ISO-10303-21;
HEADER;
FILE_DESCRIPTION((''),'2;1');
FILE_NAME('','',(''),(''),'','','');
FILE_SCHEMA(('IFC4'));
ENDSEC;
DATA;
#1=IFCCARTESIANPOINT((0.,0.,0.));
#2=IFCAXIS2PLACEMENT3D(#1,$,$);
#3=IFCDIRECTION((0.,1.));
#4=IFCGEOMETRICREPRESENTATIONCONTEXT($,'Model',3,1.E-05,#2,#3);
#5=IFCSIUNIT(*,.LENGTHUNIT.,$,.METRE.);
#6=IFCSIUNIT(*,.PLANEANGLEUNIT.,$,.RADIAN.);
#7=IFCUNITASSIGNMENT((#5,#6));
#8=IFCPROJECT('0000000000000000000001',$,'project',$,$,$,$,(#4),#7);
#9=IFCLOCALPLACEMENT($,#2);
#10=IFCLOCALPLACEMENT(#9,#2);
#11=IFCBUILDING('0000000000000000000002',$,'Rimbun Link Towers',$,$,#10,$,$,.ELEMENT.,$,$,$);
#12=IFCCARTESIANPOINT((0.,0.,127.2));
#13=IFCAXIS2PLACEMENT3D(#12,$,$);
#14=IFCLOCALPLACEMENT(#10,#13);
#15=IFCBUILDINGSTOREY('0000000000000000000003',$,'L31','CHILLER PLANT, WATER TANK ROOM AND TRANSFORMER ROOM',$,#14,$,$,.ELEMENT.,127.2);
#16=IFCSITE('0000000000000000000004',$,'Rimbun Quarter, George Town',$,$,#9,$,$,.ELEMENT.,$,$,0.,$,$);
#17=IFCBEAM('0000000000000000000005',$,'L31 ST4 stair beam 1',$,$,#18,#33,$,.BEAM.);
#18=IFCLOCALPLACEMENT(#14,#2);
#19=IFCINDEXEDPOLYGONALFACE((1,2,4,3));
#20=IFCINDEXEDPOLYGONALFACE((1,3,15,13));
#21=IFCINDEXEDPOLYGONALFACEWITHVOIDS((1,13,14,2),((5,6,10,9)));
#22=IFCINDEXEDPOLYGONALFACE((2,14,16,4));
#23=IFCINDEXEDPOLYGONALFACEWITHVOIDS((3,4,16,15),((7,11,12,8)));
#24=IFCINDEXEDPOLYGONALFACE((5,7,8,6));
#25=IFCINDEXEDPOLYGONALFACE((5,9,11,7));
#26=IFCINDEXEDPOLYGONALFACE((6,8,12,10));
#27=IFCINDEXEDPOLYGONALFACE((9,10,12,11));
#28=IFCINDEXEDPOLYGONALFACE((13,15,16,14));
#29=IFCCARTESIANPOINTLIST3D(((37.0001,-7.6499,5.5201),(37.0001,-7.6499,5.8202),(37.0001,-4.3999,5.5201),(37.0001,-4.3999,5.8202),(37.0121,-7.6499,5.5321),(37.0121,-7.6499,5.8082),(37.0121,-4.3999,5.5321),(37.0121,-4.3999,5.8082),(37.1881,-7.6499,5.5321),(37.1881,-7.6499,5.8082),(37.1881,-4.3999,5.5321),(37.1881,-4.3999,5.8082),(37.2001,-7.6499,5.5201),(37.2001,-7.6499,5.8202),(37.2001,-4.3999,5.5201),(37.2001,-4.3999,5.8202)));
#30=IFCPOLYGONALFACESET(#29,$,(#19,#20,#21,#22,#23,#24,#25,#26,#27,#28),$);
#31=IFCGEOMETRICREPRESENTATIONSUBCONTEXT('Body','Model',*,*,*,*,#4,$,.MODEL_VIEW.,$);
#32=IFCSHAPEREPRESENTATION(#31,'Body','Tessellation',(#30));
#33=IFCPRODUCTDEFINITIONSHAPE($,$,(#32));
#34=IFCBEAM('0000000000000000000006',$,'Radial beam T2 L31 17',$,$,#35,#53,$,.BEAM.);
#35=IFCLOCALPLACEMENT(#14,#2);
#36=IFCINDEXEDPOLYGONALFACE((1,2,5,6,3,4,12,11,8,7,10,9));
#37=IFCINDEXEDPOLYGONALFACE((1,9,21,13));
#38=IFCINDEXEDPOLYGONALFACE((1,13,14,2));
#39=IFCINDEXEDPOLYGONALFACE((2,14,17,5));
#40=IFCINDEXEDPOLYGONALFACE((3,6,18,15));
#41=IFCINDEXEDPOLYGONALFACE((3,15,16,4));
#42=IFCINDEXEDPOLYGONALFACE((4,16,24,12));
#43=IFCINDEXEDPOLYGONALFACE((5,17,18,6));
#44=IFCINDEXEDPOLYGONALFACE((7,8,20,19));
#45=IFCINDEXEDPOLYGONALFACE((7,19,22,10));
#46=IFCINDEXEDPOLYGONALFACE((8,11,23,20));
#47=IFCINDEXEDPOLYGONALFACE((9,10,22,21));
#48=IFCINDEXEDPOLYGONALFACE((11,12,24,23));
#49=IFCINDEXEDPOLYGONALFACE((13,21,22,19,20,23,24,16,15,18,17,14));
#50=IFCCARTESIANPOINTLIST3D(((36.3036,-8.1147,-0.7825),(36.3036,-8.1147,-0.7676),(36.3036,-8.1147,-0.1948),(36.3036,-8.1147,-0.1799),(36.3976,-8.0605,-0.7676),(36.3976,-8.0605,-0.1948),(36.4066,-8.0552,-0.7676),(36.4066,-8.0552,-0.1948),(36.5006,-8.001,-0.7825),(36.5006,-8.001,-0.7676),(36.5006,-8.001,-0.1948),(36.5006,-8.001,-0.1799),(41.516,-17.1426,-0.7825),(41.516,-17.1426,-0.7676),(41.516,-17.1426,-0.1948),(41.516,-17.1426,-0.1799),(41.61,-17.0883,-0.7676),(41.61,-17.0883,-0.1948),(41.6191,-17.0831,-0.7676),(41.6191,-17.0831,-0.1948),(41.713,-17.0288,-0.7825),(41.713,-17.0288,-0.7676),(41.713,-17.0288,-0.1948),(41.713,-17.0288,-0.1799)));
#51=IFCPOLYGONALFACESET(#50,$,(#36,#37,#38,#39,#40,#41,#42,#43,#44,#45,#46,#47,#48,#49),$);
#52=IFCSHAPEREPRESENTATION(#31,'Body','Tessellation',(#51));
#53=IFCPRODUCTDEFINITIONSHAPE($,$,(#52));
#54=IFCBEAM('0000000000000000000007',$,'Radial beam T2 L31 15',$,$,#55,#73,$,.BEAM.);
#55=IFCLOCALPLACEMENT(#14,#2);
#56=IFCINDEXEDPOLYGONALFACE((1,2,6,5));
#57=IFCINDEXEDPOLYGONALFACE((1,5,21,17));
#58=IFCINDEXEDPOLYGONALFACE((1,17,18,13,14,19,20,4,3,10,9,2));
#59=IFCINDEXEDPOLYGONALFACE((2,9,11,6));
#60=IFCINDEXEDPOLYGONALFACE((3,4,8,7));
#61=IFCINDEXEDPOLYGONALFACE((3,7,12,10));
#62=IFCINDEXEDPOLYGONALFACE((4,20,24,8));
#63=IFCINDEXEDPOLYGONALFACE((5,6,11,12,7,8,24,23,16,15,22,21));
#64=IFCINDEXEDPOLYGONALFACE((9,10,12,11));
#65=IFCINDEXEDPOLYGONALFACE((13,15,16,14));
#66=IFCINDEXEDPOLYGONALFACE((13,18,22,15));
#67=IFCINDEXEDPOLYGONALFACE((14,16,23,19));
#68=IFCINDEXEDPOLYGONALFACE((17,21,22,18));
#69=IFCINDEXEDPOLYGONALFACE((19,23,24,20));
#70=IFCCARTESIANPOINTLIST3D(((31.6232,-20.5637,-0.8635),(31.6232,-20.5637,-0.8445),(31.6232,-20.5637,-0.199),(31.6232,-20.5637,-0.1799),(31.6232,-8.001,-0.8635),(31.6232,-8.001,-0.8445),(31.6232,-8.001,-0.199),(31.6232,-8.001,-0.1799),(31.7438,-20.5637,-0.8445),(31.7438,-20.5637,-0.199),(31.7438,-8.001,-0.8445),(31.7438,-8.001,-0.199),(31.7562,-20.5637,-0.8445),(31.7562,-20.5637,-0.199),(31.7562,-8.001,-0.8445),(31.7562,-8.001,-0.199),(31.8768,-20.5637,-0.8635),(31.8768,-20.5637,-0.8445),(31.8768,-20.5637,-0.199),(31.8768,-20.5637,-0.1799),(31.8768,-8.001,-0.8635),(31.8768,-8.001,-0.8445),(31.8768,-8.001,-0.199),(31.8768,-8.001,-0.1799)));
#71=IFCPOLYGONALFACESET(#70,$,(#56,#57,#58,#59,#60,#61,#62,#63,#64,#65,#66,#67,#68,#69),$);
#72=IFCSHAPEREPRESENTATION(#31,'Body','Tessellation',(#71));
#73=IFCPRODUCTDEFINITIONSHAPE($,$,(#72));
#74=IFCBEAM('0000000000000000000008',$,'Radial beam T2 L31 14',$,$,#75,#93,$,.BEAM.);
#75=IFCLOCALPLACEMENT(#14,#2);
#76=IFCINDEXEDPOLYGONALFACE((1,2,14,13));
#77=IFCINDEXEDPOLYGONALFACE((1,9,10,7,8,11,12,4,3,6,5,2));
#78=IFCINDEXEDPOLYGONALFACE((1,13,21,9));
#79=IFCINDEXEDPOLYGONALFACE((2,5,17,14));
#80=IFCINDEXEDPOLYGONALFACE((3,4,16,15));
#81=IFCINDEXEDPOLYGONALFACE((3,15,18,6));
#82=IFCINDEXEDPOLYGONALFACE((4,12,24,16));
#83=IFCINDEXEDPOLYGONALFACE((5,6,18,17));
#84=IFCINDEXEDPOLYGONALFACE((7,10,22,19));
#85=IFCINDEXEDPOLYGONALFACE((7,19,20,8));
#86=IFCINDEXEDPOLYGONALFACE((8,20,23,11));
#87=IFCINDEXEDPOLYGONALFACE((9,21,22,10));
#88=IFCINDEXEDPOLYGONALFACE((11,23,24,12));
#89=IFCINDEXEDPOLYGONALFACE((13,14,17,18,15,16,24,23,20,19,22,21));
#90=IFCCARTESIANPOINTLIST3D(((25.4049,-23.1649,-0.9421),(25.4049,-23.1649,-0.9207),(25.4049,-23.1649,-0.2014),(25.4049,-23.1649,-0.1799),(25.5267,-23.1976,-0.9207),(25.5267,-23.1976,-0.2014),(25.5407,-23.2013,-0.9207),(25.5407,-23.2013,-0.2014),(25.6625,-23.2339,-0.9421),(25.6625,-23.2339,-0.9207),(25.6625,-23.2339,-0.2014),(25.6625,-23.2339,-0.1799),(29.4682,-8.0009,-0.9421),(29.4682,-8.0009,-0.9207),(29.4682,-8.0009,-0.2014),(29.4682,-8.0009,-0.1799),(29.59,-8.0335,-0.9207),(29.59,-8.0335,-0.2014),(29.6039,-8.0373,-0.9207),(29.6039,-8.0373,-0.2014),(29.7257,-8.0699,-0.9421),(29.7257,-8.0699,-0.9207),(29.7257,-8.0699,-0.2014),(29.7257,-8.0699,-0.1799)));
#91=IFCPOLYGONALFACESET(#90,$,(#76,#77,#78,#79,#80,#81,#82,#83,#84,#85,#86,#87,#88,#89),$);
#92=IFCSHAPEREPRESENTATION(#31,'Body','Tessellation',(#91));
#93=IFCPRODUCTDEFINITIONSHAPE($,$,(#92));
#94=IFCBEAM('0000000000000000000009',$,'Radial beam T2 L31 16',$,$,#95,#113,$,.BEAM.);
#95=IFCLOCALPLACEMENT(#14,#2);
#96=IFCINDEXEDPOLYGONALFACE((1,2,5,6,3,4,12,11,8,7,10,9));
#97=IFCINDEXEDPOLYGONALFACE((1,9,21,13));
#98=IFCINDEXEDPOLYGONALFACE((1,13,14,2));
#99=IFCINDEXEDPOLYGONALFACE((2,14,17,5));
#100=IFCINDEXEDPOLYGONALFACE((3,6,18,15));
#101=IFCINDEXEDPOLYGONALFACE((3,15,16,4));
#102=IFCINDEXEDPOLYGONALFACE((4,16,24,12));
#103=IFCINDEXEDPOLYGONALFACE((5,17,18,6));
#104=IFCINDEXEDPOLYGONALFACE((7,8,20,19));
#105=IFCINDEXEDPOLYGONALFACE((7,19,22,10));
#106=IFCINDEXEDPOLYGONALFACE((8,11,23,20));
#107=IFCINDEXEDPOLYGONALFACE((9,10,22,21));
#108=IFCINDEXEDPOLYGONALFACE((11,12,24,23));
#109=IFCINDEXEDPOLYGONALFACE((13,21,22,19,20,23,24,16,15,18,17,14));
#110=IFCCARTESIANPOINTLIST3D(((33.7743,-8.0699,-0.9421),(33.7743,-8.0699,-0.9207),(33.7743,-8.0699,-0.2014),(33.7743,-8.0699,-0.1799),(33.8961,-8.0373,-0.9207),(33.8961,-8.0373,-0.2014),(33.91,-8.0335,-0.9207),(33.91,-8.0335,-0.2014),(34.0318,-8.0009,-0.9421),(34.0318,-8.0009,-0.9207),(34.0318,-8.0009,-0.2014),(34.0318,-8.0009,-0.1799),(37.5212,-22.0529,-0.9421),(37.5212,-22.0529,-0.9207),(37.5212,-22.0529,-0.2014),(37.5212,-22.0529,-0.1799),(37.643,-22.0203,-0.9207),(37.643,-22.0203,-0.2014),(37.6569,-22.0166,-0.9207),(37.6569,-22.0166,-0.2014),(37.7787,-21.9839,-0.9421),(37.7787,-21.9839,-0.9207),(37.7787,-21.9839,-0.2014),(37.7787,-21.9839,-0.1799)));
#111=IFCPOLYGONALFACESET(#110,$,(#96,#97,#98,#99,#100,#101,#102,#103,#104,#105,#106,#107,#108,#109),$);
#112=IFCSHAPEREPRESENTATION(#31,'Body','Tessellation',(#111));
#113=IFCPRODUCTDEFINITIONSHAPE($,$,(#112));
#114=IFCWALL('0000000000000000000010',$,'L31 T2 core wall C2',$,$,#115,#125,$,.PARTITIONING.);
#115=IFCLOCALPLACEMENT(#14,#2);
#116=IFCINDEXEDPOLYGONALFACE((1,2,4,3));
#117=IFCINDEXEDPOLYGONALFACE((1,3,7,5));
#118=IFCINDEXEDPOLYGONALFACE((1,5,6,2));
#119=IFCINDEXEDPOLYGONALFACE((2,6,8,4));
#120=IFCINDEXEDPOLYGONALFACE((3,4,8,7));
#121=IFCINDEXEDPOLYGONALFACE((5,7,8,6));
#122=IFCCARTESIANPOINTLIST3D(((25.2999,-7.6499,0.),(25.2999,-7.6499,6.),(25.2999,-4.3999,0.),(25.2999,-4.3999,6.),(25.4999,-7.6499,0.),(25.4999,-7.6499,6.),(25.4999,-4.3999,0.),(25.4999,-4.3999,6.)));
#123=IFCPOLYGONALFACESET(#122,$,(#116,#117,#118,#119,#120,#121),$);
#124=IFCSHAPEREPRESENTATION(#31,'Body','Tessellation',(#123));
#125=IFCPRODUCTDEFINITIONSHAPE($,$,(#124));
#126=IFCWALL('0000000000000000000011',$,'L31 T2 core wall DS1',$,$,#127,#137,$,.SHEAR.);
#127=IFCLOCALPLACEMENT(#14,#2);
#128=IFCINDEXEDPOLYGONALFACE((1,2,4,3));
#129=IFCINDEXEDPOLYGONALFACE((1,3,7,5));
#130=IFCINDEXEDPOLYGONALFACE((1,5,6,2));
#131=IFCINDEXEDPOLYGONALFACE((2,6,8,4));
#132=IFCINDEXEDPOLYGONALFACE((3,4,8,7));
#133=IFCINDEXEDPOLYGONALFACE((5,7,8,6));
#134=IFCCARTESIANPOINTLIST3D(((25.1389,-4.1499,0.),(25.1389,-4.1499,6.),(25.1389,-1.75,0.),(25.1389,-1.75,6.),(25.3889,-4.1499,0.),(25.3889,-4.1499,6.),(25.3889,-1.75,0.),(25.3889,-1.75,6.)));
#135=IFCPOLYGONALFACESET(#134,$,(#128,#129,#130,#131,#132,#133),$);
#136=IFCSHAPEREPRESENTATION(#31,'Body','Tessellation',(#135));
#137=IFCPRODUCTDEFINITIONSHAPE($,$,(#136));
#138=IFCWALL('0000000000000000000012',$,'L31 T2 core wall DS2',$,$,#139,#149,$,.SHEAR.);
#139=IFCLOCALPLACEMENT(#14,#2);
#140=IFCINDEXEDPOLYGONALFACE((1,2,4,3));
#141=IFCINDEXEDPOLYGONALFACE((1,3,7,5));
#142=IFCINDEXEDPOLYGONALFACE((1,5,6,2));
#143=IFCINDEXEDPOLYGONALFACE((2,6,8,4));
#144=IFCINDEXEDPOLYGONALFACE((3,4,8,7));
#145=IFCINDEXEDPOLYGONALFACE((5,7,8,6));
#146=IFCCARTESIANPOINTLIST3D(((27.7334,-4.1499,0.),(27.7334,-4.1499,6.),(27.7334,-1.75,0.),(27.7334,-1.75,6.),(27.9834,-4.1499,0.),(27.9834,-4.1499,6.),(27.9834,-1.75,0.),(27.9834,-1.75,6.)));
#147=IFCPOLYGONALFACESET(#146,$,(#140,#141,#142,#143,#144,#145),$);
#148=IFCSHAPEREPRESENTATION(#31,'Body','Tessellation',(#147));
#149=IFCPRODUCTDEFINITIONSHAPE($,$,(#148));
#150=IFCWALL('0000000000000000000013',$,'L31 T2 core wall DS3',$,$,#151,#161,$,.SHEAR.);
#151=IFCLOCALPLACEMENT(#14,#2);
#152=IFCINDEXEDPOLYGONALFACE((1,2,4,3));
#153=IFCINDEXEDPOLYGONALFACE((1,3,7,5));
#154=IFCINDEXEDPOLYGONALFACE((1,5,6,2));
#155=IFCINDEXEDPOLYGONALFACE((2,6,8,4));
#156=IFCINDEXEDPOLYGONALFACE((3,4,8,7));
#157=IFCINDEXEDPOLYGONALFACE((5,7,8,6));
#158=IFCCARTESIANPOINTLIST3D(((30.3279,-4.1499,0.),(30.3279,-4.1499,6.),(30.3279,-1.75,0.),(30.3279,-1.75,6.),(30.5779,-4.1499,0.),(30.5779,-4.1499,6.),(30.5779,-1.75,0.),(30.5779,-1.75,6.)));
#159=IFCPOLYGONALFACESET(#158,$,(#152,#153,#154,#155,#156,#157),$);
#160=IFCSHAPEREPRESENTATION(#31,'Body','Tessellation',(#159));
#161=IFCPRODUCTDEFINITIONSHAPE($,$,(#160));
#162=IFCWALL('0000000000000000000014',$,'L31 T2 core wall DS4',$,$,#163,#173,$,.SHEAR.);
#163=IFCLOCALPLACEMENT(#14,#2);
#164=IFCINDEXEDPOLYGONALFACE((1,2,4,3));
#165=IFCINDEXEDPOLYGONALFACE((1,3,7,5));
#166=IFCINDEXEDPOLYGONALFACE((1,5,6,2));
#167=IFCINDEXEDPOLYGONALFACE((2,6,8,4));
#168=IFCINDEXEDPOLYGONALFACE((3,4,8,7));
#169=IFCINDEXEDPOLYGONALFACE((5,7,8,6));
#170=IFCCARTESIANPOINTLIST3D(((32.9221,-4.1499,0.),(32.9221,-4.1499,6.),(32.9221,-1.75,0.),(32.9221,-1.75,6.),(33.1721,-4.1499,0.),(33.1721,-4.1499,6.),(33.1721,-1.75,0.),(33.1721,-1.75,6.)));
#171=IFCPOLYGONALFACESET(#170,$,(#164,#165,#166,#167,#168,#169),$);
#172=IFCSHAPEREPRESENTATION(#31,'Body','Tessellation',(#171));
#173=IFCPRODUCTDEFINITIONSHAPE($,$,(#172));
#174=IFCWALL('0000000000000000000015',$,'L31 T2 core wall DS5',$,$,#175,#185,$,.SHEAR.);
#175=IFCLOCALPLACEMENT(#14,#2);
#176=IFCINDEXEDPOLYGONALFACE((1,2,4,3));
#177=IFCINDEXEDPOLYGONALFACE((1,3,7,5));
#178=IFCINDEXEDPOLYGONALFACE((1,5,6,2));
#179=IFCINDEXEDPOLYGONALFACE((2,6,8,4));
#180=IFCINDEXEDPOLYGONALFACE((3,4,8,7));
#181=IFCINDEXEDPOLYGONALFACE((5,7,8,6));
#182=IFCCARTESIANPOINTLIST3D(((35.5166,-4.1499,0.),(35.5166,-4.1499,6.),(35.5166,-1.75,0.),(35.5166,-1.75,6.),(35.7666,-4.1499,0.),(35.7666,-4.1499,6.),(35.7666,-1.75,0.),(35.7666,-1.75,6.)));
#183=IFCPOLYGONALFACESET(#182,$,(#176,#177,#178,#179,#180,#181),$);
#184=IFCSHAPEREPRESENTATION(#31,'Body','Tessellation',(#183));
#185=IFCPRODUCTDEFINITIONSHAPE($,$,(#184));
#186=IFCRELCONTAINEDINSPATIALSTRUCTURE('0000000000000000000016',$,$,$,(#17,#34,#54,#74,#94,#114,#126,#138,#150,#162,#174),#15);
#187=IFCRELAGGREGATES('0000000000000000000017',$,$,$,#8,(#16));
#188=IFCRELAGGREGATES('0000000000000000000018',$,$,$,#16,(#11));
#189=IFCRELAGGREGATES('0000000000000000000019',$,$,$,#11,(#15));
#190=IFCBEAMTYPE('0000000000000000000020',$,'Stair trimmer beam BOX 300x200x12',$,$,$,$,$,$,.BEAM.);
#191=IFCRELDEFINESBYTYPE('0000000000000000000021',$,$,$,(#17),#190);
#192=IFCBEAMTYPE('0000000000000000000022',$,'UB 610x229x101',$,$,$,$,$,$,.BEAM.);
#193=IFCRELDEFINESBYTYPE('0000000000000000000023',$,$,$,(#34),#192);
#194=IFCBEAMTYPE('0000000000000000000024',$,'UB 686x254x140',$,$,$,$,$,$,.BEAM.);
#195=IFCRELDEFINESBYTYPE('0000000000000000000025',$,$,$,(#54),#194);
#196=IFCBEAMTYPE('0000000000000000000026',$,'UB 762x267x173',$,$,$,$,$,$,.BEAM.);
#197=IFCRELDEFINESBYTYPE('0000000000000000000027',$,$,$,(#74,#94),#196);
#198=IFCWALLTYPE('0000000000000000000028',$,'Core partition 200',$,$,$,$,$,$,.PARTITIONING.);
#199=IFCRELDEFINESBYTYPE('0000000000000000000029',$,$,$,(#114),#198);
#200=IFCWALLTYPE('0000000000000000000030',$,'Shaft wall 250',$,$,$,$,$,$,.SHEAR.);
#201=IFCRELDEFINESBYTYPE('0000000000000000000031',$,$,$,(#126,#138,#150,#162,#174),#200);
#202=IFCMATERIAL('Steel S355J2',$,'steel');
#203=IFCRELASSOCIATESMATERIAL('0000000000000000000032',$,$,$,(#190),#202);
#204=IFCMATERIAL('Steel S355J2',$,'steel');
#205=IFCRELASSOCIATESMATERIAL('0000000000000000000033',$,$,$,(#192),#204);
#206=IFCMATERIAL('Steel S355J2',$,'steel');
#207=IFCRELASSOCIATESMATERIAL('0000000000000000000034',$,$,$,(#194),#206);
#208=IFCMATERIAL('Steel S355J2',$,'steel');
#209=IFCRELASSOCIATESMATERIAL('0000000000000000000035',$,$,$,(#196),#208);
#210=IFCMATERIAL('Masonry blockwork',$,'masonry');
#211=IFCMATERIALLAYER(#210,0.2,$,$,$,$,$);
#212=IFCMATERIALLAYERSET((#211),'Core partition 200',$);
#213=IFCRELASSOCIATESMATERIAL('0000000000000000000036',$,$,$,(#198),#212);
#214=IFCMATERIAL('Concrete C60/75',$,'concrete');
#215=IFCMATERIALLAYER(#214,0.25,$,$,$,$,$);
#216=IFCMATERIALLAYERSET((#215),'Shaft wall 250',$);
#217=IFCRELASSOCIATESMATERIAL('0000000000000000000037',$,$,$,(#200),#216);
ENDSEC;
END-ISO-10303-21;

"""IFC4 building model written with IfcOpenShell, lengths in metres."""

from ifc_helpers import new_model, si_unit, direction, frame, frame_2d, origin, origin_2d, place, context, subcontext, project, spatial, rectangle, hollow_rectangle, i_section, extrude, material, layer, layer_set, material_profile, profile_set, type_object, element, save


model = new_model("IFC4")

# Units and contexts
model_context = context("Model", 3, precision=1e-05, world=origin(), true_north=direction((0.0, 1.0)))
body_context = subcontext(model_context, "Body", "Model", "MODEL_VIEW")
ifc_project = project(units=[si_unit("LENGTHUNIT", "METRE"), si_unit("PLANEANGLEUNIT", "RADIAN")], contexts=[model_context])

# Site, building, storey
site_placement = place(None, origin())
site = spatial("IfcSite", under=ifc_project, at=site_placement, Name="Rimbun Quarter, George Town", CompositionType="ELEMENT", RefElevation=0.0)
building_placement = place(site_placement, origin())
building = spatial("IfcBuilding", under=site, at=building_placement, Name="Rimbun Link Towers", CompositionType="ELEMENT")
storey_placement = place(building_placement, frame((0.0, 0.0, 127.2)))
storey = spatial("IfcBuildingStorey", under=building, at=storey_placement, Name="L31", Description="CHILLER PLANT, WATER TANK ROOM AND TRANSFORMER ROOM", CompositionType="ELEMENT", Elevation=127.2)

# Beams
ifc_material_1 = material(Name="Steel S355J2", Category="steel")
ifc_material_profile_1 = material_profile(ifc_material_1, hollow_rectangle(XDim=0.2, YDim=0.3, WallThickness=0.012, at=origin_2d()), Name="BOX 300x200x12")
ifc_profile_set_1 = profile_set([ifc_material_profile_1], Name="Steel S355J2")
beam_type_1 = type_object("IfcBeamType", Name="Stair trimmer beam BOX 300x200x12", PredefinedType="BEAM", material=ifc_profile_set_1)
beam_1_placement = place(storey_placement, frame((37.1001, -7.6499, 5.6702), z_axis=(0.0, 1.0, 0.0), x_axis=(-1.0, 0.0, 0.0)))
element("IfcBeam", 1, at=beam_1_placement, inside=storey, type_object=beam_type_1, Name="L31 ST4 stair beam 1", PredefinedType="BEAM", context=body_context, shape_type="SweptSolid", body=[
    extrude(hollow_rectangle(XDim=0.2, YDim=0.3, WallThickness=0.012, at=origin_2d()), origin(), (0.0, 0.0, 1.0), 3.25),
])
ifc_material_2 = material(Name="Steel S355J2", Category="steel")
ifc_material_profile_2 = material_profile(ifc_material_2, i_section(OverallWidth=0.2275, OverallDepth=0.6025, WebThickness=0.0105, FlangeThickness=0.0149, at=origin_2d()), Name="UB 610x229x101")
ifc_profile_set_2 = profile_set([ifc_material_profile_2], Name="Steel S355J2")
beam_type_2 = type_object("IfcBeamType", Name="UB 610x229x101", PredefinedType="BEAM", material=ifc_profile_set_2)
beam_2_placement = place(storey_placement, frame((36.4021, -8.0579, -0.4812), z_axis=(0.500013, -0.866018, 0.0), x_axis=(0.866018, 0.500013, 0.0)))
element("IfcBeam", 2, at=beam_2_placement, inside=storey, type_object=beam_type_2, Name="Radial beam T2 L31 17", PredefinedType="BEAM", context=body_context, shape_type="SweptSolid", body=[
    extrude(i_section(OverallWidth=0.2275, OverallDepth=0.6025, WebThickness=0.0105, FlangeThickness=0.0149, at=origin_2d()), origin(), (0.0, 0.0, 1.0), 10.4246),
])
ifc_material_3 = material(Name="Steel S355J2", Category="steel")
ifc_material_profile_3 = material_profile(ifc_material_3, i_section(OverallWidth=0.2537, OverallDepth=0.6836, WebThickness=0.0125, FlangeThickness=0.019, at=origin_2d()), Name="UB 686x254x140")
ifc_profile_set_3 = profile_set([ifc_material_profile_3], Name="Steel S355J2")
beam_type_3 = type_object("IfcBeamType", Name="UB 686x254x140", PredefinedType="BEAM", material=ifc_profile_set_3)
beam_3_placement = place(storey_placement, frame((31.75, -8.001, -0.5217), z_axis=(0.0, -1.0, 0.0), x_axis=(1.0, 0.0, 0.0)))
element("IfcBeam", 3, at=beam_3_placement, inside=storey, type_object=beam_type_3, Name="Radial beam T2 L31 15", PredefinedType="BEAM", context=body_context, shape_type="SweptSolid", body=[
    extrude(i_section(OverallWidth=0.2537, OverallDepth=0.6836, WebThickness=0.0125, FlangeThickness=0.019, at=origin_2d()), origin(), (0.0, 0.0, 1.0), 12.5627),
])
ifc_material_4 = material(Name="Steel S355J2", Category="steel")
ifc_material_profile_4 = material_profile(ifc_material_4, i_section(OverallWidth=0.2666, OverallDepth=0.7622, WebThickness=0.0144, FlangeThickness=0.0215, at=origin_2d()), Name="UB 762x267x173")
ifc_profile_set_4 = profile_set([ifc_material_profile_4], Name="Steel S355J2")
beam_type_4 = type_object("IfcBeamType", Name="UB 762x267x173", PredefinedType="BEAM", material=ifc_profile_set_4)
beam_4_placement = place(storey_placement, frame((29.5969, -8.0354, -0.561), z_axis=(-0.258821, -0.965925, 0.0), x_axis=(0.965925, -0.258821, 0.0)))
element("IfcBeam", 4, at=beam_4_placement, inside=storey, type_object=beam_type_4, Name="Radial beam T2 L31 14", PredefinedType="BEAM", context=body_context, shape_type="SweptSolid", body=[
    extrude(i_section(OverallWidth=0.2666, OverallDepth=0.7622, WebThickness=0.0144, FlangeThickness=0.0215, at=origin_2d()), origin(), (0.0, 0.0, 1.0), 15.699),
])
beam_5_placement = place(storey_placement, frame((33.9031, -8.0354, -0.561), z_axis=(0.258827, -0.965924, 0.0), x_axis=(0.965924, 0.258827, 0.0)))
element("IfcBeam", 5, at=beam_5_placement, inside=storey, type_object=beam_type_4, Name="Radial beam T2 L31 16", PredefinedType="BEAM", context=body_context, shape_type="SweptSolid", body=[
    extrude(i_section(OverallWidth=0.2666, OverallDepth=0.7622, WebThickness=0.0144, FlangeThickness=0.0215, at=origin_2d()), origin(), (0.0, 0.0, 1.0), 14.4763),
])

# Walls
ifc_material_5 = material(Name="Masonry blockwork", Category="masonry")
ifc_layer_1 = layer(ifc_material_5, 0.2)
ifc_layer_set_1 = layer_set([ifc_layer_1], Name="Core partition 200")
wall_type_1 = type_object("IfcWallType", Name="Core partition 200", PredefinedType="PARTITIONING", material=ifc_layer_set_1)
wall_1_placement = place(storey_placement, frame((25.3999, -4.3999, 0.0), z_axis=(0.0, 0.0, 1.0), x_axis=(0.0, -1.0, 0.0)))
element("IfcWall", 6, at=wall_1_placement, inside=storey, type_object=wall_type_1, Name="L31 T2 core wall C2", PredefinedType="PARTITIONING", context=body_context, shape_type="SweptSolid", body=[
    extrude(rectangle(XDim=3.25, YDim=0.2, at=frame_2d((1.625, 0.0))), origin(), (0.0, 0.0, 1.0), 6.0),
])
ifc_material_6 = material(Name="Concrete C60/75", Category="concrete")
ifc_layer_2 = layer(ifc_material_6, 0.25)
ifc_layer_set_2 = layer_set([ifc_layer_2], Name="Shaft wall 250")
wall_type_2 = type_object("IfcWallType", Name="Shaft wall 250", PredefinedType="SHEAR", material=ifc_layer_set_2)
for number, where, z_axis, x_axis, name in (
    (7, (25.2639, -4.1499, 0.0), (0.0, 0.0, 1.0), (0.0, 1.0, 0.0), "L31 T2 core wall DS1"),
    (8, (27.8584, -4.1499, 0.0), (0.0, 0.0, 1.0), (0.0, 1.0, 0.0), "L31 T2 core wall DS2"),
    (9, (30.4529, -4.1499, 0.0), (0.0, 0.0, 1.0), (0.0, 1.0, 0.0), "L31 T2 core wall DS3"),
    (10, (33.0471, -4.1499, 0.0), (0.0, 0.0, 1.0), (0.0, 1.0, 0.0), "L31 T2 core wall DS4"),
    (11, (35.6416, -4.1499, 0.0), (0.0, 0.0, 1.0), (0.0, 1.0, 0.0), "L31 T2 core wall DS5"),
):
    element("IfcWall", number, at=place(storey_placement, frame(where, z_axis=z_axis, x_axis=x_axis)), inside=storey, type_object=wall_type_2, Name=name, PredefinedType="SHEAR", context=body_context, shape_type="SweptSolid", body=[
        extrude(rectangle(XDim=2.3999, YDim=0.25, at=frame_2d((1.2, 0.0))), origin(), (0.0, 0.0, 1.0), 6.0),
    ])

save(model, "model.ifc")
